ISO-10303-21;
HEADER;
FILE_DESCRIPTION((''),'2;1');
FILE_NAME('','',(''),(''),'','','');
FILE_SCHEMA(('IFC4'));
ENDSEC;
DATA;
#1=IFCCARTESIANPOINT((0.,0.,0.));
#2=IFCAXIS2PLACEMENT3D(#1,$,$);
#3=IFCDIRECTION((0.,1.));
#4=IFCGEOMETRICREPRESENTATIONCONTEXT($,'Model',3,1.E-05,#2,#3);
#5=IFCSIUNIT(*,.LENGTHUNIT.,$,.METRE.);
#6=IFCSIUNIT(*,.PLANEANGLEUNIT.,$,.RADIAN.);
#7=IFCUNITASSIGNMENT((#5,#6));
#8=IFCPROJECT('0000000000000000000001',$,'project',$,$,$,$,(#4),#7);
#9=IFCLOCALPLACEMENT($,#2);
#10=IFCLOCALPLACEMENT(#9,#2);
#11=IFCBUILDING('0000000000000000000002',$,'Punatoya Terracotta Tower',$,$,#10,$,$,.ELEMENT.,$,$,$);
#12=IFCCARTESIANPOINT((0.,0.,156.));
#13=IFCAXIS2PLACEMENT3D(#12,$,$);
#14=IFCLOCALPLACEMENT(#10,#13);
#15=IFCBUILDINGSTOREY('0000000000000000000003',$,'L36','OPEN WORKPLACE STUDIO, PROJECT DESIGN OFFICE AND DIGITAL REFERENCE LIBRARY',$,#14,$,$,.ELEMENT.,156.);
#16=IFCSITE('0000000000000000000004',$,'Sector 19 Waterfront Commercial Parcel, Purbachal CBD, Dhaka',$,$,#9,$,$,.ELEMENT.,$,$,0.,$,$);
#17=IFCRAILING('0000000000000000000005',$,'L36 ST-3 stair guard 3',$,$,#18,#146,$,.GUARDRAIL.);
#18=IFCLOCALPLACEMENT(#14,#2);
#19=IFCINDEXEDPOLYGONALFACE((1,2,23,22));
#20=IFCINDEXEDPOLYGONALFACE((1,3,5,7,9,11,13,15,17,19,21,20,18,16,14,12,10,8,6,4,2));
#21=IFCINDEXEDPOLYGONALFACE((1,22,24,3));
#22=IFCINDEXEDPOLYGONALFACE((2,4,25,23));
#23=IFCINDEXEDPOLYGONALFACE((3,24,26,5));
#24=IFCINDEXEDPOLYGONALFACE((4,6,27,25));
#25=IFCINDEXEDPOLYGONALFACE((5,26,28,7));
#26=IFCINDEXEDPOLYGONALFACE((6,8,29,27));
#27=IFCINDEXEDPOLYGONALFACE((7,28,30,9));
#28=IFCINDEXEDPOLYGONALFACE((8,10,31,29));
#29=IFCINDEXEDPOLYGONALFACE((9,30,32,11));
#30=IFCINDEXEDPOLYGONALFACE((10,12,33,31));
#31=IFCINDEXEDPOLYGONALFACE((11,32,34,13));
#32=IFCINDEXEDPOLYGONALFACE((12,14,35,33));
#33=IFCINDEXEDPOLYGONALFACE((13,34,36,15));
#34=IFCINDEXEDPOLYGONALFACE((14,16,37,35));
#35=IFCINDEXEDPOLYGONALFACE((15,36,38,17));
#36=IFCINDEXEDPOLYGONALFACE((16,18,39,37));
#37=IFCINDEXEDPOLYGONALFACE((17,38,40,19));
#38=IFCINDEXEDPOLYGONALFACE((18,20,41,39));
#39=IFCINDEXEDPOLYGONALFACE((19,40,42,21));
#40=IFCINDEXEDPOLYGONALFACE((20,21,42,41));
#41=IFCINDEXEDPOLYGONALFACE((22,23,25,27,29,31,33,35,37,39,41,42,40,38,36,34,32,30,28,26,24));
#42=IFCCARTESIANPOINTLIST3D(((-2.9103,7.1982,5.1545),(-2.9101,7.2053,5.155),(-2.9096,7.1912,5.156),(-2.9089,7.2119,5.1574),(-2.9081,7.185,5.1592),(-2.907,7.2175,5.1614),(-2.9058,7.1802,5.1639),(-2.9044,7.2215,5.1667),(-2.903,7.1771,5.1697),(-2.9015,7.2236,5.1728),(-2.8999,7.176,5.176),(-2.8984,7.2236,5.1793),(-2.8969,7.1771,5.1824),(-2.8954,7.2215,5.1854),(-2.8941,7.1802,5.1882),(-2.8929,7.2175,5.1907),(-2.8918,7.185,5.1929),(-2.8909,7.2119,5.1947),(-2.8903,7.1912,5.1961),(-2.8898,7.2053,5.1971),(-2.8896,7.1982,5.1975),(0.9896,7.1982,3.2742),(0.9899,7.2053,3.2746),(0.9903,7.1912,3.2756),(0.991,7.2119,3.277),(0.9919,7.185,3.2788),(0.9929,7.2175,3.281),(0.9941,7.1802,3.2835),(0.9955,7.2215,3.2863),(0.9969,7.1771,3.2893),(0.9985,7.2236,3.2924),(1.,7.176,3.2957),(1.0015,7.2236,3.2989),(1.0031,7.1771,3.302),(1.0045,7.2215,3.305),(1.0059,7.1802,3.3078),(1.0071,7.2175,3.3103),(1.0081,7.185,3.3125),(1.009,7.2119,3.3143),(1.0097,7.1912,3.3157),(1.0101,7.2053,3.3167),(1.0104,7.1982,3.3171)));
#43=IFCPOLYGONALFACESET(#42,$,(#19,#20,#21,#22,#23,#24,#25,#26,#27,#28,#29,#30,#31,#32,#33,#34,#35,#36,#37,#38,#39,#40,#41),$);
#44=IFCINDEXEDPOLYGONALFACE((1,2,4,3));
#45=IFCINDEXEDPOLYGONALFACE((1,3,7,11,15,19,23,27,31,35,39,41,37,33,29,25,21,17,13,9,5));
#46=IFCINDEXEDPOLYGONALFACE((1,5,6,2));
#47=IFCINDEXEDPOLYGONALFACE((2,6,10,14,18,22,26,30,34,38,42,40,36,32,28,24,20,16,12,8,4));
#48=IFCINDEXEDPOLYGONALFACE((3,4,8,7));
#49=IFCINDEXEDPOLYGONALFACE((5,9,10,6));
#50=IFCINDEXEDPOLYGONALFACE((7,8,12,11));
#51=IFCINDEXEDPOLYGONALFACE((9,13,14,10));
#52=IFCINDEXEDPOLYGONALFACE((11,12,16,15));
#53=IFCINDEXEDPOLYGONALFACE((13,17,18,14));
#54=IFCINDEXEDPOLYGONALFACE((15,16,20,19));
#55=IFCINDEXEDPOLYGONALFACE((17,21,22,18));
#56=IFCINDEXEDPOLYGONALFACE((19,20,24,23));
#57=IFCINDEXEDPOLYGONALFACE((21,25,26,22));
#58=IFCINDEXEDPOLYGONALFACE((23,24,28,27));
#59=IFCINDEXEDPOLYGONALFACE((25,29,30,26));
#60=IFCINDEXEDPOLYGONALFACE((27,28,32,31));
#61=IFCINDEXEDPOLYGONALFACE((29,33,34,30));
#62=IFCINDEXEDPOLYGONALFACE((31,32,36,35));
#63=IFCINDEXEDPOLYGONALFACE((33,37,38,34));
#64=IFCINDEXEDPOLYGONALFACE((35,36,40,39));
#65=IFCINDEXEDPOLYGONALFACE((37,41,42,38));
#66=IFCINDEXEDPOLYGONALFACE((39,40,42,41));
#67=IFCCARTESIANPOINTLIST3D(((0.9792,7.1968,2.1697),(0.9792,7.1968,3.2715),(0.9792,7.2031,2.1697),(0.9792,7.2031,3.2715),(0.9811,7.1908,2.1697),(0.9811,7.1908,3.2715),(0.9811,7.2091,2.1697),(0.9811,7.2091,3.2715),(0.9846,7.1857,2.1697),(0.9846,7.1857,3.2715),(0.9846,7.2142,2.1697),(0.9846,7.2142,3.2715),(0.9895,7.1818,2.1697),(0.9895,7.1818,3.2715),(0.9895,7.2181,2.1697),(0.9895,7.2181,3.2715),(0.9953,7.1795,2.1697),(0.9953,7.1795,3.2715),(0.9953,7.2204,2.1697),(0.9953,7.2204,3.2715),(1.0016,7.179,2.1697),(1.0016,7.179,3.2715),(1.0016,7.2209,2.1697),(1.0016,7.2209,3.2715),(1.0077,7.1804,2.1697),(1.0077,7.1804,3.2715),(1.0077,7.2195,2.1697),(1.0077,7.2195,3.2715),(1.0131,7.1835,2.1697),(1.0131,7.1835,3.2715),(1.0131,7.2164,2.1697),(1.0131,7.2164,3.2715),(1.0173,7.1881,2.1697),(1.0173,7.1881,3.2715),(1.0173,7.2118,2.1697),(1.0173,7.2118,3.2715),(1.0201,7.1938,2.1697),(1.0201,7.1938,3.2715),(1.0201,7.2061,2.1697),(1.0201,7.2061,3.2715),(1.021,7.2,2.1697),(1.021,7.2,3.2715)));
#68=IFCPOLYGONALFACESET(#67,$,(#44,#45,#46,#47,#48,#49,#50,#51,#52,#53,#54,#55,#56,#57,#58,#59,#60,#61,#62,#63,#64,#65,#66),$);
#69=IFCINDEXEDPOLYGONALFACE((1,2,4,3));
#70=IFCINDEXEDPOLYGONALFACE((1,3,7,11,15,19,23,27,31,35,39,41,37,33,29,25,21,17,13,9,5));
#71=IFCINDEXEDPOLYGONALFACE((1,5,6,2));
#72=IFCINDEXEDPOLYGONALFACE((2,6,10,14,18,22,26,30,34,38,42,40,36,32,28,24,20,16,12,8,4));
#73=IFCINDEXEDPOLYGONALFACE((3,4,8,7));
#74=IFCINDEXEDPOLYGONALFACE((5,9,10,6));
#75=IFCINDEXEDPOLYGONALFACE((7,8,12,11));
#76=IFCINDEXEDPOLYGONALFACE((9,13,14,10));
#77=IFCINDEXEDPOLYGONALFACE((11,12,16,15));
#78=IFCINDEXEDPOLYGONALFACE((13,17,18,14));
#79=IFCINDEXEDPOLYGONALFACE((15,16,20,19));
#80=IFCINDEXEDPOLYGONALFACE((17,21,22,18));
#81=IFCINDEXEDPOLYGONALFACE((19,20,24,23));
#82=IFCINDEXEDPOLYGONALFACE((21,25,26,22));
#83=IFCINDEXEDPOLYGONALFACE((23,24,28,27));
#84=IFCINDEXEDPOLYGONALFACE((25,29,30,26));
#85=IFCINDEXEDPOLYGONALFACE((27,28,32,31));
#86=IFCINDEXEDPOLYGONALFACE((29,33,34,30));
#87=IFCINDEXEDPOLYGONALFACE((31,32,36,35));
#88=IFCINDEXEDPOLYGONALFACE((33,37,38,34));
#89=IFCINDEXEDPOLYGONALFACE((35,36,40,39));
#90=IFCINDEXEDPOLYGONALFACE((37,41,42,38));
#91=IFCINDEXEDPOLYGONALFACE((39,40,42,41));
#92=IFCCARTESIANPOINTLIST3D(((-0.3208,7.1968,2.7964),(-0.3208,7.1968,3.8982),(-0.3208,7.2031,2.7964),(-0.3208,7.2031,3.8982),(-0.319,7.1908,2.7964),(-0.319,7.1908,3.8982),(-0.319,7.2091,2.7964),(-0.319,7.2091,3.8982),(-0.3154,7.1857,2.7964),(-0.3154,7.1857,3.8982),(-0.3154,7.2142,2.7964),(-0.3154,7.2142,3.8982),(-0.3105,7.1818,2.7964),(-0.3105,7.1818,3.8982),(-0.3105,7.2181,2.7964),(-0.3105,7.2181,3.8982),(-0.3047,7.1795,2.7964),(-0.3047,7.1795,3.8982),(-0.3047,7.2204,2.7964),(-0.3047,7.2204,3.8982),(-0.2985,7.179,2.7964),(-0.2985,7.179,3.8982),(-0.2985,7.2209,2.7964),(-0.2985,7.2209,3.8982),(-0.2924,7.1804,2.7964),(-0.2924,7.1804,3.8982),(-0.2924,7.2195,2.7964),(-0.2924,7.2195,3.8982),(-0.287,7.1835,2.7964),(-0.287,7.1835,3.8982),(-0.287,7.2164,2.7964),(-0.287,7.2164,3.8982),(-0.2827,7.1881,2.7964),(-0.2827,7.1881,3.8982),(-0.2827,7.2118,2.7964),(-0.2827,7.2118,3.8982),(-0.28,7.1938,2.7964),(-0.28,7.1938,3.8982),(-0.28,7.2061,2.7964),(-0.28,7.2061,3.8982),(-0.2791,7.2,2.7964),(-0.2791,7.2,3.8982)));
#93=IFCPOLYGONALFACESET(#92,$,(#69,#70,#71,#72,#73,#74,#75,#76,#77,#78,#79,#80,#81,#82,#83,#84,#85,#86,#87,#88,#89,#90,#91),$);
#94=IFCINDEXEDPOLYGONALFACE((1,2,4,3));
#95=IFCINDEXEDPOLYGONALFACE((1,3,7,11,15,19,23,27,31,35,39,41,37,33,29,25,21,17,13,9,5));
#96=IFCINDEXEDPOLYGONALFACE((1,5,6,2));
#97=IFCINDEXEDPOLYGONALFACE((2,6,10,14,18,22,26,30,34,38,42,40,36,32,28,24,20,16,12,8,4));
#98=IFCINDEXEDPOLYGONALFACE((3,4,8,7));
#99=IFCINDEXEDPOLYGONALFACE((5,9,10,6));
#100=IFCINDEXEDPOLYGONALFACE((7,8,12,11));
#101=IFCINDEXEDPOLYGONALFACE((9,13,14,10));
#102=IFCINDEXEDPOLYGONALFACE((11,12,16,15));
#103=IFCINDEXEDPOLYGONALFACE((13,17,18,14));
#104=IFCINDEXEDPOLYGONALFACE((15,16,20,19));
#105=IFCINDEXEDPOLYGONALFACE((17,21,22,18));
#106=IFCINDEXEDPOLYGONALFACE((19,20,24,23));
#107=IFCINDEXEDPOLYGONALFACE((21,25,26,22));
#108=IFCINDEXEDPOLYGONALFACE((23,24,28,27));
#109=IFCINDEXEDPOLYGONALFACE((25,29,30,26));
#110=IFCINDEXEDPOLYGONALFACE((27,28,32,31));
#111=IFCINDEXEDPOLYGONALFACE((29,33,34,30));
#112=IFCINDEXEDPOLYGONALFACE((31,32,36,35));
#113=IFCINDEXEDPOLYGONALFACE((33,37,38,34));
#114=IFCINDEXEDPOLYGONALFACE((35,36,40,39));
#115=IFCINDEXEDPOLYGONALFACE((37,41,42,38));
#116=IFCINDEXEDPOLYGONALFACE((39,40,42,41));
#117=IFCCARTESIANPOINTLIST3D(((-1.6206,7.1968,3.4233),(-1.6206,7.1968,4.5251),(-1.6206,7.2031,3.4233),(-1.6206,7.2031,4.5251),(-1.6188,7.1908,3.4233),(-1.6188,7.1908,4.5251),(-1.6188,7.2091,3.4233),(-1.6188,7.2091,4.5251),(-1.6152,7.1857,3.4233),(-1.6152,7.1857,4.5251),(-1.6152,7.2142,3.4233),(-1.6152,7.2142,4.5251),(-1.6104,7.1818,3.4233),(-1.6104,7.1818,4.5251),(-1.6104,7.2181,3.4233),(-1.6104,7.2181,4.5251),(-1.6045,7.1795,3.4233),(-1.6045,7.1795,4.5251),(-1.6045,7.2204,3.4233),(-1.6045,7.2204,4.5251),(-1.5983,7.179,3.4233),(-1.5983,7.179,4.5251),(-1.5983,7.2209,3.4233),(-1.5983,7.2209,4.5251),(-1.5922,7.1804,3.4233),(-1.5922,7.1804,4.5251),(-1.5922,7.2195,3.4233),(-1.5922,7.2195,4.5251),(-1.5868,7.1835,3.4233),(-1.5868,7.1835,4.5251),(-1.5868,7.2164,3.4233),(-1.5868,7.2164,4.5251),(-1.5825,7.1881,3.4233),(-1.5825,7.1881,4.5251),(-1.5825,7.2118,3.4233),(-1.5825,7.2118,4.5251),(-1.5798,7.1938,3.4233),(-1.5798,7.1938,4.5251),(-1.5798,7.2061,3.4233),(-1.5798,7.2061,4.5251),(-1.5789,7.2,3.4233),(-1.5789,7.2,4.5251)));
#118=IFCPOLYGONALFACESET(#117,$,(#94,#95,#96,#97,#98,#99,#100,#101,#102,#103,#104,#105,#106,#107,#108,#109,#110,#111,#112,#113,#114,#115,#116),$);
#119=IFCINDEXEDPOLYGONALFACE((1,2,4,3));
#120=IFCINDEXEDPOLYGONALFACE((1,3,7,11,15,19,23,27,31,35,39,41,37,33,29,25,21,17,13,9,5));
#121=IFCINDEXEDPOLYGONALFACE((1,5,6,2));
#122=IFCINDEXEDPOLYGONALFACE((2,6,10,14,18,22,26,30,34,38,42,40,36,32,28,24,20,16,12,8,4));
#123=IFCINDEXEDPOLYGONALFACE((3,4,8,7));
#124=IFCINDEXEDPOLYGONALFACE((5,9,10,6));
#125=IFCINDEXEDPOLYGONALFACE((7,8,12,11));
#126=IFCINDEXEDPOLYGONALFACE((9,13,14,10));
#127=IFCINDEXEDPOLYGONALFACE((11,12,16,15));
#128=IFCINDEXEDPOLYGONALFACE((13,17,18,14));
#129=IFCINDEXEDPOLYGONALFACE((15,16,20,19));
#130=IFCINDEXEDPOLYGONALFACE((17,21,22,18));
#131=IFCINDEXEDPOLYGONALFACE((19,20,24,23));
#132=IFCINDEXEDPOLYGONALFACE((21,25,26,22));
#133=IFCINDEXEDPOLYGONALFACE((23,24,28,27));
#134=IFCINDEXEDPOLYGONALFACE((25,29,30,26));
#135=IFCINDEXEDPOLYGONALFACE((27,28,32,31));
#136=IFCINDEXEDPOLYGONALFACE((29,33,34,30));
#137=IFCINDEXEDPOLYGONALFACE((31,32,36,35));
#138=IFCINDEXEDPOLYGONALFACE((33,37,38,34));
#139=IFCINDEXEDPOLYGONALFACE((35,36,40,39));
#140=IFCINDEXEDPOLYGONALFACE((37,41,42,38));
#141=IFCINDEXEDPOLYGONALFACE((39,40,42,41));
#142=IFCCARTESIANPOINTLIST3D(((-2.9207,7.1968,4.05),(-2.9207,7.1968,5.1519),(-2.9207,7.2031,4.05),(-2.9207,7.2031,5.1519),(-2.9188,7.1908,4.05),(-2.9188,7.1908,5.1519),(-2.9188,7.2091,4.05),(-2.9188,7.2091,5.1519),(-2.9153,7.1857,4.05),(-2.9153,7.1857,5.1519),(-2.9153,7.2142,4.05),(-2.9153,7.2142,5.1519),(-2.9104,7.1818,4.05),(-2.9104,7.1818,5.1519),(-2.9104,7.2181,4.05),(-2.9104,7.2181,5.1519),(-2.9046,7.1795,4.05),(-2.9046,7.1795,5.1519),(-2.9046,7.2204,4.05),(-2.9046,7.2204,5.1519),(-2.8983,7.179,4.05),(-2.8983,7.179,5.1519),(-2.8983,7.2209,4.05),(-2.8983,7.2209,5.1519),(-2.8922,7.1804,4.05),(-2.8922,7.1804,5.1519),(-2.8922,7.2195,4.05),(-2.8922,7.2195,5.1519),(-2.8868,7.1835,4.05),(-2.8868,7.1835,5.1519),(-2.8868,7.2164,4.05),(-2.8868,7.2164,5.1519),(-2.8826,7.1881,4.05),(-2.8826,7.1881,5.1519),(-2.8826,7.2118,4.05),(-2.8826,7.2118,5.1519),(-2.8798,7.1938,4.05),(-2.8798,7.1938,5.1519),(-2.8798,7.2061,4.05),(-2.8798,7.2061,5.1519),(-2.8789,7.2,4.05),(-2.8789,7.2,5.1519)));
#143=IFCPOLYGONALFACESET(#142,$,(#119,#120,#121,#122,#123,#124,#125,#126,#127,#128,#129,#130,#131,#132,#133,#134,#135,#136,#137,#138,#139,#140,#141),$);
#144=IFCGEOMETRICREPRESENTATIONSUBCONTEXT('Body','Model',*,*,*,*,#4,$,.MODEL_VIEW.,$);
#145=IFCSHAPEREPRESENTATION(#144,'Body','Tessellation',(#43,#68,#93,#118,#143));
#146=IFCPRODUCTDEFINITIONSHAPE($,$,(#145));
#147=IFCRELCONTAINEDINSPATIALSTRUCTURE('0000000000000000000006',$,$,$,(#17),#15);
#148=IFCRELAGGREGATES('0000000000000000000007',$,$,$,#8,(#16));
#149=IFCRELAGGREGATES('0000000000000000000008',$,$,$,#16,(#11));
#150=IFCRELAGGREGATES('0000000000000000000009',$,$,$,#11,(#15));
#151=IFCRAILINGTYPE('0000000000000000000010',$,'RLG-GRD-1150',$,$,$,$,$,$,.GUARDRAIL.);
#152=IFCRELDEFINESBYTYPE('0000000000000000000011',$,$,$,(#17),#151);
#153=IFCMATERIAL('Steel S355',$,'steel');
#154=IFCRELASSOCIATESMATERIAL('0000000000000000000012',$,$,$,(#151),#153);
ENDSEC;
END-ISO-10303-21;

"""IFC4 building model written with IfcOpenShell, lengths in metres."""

from ifc_helpers import new_model, si_unit, direction, frame, origin, origin_2d, place, context, subcontext, project, spatial, circle, extrude, material, type_object, element, save


model = new_model("IFC4")

# Units and contexts
model_context = context("Model", 3, precision=1e-05, world=origin(), true_north=direction((0.0, 1.0)))
body_context = subcontext(model_context, "Body", "Model", "MODEL_VIEW")
ifc_project = project(units=[si_unit("LENGTHUNIT", "METRE"), si_unit("PLANEANGLEUNIT", "RADIAN")], contexts=[model_context])

# Site, building, storey
site_placement = place(None, origin())
site = spatial("IfcSite", under=ifc_project, at=site_placement, Name="Sector 19 Waterfront Commercial Parcel, Purbachal CBD, Dhaka", CompositionType="ELEMENT", RefElevation=0.0)
building_placement = place(site_placement, origin())
building = spatial("IfcBuilding", under=site, at=building_placement, Name="Punatoya Terracotta Tower", CompositionType="ELEMENT")
storey_placement = place(building_placement, frame((0.0, 0.0, 156.0)))
storey = spatial("IfcBuildingStorey", under=building, at=storey_placement, Name="L36", Description="OPEN WORKPLACE STUDIO, PROJECT DESIGN OFFICE AND DIGITAL REFERENCE LIBRARY", CompositionType="ELEMENT", Elevation=156.0)

# Shared definitions
ifc_material_1 = material(Name="Steel S355", Category="steel")

# Railing
railing_type_1 = type_object("IfcRailingType", Name="RLG-GRD-1150", PredefinedType="GUARDRAIL", material=ifc_material_1)
railing_1_placement = place(storey_placement, frame((1.0, 7.2, 2.1697)))
element("IfcRailing", 1, at=railing_1_placement, inside=storey, type_object=railing_type_1, Name="L36 ST-3 stair guard 3", PredefinedType="GUARDRAIL", context=body_context, shape_type="SweptSolid", body=[
    extrude(circle(Radius=0.0239, at=origin_2d()), frame((0.0, 0.0, 1.126), z_axis=(-0.900763, 0.0, 0.434311), x_axis=(0.0, -1.0, 0.0)), (0.0, 0.0, 1.0), 4.3296),
    extrude(circle(Radius=0.021, at=origin_2d()), origin(), (0.0, 0.0, 1.0), 1.1018),
    extrude(circle(Radius=0.021, at=origin_2d()), frame((-1.3, 0.0, 0.6267)), (0.0, 0.0, 1.0), 1.1018),
    extrude(circle(Radius=0.021, at=origin_2d()), frame((-2.5999, 0.0, 1.2537)), (0.0, 0.0, 1.0), 1.1018),
    extrude(circle(Radius=0.021, at=origin_2d()), frame((-3.8999, 0.0, 1.8804)), (0.0, 0.0, 1.0), 1.1018),
])

save(model, "model.ifc")
